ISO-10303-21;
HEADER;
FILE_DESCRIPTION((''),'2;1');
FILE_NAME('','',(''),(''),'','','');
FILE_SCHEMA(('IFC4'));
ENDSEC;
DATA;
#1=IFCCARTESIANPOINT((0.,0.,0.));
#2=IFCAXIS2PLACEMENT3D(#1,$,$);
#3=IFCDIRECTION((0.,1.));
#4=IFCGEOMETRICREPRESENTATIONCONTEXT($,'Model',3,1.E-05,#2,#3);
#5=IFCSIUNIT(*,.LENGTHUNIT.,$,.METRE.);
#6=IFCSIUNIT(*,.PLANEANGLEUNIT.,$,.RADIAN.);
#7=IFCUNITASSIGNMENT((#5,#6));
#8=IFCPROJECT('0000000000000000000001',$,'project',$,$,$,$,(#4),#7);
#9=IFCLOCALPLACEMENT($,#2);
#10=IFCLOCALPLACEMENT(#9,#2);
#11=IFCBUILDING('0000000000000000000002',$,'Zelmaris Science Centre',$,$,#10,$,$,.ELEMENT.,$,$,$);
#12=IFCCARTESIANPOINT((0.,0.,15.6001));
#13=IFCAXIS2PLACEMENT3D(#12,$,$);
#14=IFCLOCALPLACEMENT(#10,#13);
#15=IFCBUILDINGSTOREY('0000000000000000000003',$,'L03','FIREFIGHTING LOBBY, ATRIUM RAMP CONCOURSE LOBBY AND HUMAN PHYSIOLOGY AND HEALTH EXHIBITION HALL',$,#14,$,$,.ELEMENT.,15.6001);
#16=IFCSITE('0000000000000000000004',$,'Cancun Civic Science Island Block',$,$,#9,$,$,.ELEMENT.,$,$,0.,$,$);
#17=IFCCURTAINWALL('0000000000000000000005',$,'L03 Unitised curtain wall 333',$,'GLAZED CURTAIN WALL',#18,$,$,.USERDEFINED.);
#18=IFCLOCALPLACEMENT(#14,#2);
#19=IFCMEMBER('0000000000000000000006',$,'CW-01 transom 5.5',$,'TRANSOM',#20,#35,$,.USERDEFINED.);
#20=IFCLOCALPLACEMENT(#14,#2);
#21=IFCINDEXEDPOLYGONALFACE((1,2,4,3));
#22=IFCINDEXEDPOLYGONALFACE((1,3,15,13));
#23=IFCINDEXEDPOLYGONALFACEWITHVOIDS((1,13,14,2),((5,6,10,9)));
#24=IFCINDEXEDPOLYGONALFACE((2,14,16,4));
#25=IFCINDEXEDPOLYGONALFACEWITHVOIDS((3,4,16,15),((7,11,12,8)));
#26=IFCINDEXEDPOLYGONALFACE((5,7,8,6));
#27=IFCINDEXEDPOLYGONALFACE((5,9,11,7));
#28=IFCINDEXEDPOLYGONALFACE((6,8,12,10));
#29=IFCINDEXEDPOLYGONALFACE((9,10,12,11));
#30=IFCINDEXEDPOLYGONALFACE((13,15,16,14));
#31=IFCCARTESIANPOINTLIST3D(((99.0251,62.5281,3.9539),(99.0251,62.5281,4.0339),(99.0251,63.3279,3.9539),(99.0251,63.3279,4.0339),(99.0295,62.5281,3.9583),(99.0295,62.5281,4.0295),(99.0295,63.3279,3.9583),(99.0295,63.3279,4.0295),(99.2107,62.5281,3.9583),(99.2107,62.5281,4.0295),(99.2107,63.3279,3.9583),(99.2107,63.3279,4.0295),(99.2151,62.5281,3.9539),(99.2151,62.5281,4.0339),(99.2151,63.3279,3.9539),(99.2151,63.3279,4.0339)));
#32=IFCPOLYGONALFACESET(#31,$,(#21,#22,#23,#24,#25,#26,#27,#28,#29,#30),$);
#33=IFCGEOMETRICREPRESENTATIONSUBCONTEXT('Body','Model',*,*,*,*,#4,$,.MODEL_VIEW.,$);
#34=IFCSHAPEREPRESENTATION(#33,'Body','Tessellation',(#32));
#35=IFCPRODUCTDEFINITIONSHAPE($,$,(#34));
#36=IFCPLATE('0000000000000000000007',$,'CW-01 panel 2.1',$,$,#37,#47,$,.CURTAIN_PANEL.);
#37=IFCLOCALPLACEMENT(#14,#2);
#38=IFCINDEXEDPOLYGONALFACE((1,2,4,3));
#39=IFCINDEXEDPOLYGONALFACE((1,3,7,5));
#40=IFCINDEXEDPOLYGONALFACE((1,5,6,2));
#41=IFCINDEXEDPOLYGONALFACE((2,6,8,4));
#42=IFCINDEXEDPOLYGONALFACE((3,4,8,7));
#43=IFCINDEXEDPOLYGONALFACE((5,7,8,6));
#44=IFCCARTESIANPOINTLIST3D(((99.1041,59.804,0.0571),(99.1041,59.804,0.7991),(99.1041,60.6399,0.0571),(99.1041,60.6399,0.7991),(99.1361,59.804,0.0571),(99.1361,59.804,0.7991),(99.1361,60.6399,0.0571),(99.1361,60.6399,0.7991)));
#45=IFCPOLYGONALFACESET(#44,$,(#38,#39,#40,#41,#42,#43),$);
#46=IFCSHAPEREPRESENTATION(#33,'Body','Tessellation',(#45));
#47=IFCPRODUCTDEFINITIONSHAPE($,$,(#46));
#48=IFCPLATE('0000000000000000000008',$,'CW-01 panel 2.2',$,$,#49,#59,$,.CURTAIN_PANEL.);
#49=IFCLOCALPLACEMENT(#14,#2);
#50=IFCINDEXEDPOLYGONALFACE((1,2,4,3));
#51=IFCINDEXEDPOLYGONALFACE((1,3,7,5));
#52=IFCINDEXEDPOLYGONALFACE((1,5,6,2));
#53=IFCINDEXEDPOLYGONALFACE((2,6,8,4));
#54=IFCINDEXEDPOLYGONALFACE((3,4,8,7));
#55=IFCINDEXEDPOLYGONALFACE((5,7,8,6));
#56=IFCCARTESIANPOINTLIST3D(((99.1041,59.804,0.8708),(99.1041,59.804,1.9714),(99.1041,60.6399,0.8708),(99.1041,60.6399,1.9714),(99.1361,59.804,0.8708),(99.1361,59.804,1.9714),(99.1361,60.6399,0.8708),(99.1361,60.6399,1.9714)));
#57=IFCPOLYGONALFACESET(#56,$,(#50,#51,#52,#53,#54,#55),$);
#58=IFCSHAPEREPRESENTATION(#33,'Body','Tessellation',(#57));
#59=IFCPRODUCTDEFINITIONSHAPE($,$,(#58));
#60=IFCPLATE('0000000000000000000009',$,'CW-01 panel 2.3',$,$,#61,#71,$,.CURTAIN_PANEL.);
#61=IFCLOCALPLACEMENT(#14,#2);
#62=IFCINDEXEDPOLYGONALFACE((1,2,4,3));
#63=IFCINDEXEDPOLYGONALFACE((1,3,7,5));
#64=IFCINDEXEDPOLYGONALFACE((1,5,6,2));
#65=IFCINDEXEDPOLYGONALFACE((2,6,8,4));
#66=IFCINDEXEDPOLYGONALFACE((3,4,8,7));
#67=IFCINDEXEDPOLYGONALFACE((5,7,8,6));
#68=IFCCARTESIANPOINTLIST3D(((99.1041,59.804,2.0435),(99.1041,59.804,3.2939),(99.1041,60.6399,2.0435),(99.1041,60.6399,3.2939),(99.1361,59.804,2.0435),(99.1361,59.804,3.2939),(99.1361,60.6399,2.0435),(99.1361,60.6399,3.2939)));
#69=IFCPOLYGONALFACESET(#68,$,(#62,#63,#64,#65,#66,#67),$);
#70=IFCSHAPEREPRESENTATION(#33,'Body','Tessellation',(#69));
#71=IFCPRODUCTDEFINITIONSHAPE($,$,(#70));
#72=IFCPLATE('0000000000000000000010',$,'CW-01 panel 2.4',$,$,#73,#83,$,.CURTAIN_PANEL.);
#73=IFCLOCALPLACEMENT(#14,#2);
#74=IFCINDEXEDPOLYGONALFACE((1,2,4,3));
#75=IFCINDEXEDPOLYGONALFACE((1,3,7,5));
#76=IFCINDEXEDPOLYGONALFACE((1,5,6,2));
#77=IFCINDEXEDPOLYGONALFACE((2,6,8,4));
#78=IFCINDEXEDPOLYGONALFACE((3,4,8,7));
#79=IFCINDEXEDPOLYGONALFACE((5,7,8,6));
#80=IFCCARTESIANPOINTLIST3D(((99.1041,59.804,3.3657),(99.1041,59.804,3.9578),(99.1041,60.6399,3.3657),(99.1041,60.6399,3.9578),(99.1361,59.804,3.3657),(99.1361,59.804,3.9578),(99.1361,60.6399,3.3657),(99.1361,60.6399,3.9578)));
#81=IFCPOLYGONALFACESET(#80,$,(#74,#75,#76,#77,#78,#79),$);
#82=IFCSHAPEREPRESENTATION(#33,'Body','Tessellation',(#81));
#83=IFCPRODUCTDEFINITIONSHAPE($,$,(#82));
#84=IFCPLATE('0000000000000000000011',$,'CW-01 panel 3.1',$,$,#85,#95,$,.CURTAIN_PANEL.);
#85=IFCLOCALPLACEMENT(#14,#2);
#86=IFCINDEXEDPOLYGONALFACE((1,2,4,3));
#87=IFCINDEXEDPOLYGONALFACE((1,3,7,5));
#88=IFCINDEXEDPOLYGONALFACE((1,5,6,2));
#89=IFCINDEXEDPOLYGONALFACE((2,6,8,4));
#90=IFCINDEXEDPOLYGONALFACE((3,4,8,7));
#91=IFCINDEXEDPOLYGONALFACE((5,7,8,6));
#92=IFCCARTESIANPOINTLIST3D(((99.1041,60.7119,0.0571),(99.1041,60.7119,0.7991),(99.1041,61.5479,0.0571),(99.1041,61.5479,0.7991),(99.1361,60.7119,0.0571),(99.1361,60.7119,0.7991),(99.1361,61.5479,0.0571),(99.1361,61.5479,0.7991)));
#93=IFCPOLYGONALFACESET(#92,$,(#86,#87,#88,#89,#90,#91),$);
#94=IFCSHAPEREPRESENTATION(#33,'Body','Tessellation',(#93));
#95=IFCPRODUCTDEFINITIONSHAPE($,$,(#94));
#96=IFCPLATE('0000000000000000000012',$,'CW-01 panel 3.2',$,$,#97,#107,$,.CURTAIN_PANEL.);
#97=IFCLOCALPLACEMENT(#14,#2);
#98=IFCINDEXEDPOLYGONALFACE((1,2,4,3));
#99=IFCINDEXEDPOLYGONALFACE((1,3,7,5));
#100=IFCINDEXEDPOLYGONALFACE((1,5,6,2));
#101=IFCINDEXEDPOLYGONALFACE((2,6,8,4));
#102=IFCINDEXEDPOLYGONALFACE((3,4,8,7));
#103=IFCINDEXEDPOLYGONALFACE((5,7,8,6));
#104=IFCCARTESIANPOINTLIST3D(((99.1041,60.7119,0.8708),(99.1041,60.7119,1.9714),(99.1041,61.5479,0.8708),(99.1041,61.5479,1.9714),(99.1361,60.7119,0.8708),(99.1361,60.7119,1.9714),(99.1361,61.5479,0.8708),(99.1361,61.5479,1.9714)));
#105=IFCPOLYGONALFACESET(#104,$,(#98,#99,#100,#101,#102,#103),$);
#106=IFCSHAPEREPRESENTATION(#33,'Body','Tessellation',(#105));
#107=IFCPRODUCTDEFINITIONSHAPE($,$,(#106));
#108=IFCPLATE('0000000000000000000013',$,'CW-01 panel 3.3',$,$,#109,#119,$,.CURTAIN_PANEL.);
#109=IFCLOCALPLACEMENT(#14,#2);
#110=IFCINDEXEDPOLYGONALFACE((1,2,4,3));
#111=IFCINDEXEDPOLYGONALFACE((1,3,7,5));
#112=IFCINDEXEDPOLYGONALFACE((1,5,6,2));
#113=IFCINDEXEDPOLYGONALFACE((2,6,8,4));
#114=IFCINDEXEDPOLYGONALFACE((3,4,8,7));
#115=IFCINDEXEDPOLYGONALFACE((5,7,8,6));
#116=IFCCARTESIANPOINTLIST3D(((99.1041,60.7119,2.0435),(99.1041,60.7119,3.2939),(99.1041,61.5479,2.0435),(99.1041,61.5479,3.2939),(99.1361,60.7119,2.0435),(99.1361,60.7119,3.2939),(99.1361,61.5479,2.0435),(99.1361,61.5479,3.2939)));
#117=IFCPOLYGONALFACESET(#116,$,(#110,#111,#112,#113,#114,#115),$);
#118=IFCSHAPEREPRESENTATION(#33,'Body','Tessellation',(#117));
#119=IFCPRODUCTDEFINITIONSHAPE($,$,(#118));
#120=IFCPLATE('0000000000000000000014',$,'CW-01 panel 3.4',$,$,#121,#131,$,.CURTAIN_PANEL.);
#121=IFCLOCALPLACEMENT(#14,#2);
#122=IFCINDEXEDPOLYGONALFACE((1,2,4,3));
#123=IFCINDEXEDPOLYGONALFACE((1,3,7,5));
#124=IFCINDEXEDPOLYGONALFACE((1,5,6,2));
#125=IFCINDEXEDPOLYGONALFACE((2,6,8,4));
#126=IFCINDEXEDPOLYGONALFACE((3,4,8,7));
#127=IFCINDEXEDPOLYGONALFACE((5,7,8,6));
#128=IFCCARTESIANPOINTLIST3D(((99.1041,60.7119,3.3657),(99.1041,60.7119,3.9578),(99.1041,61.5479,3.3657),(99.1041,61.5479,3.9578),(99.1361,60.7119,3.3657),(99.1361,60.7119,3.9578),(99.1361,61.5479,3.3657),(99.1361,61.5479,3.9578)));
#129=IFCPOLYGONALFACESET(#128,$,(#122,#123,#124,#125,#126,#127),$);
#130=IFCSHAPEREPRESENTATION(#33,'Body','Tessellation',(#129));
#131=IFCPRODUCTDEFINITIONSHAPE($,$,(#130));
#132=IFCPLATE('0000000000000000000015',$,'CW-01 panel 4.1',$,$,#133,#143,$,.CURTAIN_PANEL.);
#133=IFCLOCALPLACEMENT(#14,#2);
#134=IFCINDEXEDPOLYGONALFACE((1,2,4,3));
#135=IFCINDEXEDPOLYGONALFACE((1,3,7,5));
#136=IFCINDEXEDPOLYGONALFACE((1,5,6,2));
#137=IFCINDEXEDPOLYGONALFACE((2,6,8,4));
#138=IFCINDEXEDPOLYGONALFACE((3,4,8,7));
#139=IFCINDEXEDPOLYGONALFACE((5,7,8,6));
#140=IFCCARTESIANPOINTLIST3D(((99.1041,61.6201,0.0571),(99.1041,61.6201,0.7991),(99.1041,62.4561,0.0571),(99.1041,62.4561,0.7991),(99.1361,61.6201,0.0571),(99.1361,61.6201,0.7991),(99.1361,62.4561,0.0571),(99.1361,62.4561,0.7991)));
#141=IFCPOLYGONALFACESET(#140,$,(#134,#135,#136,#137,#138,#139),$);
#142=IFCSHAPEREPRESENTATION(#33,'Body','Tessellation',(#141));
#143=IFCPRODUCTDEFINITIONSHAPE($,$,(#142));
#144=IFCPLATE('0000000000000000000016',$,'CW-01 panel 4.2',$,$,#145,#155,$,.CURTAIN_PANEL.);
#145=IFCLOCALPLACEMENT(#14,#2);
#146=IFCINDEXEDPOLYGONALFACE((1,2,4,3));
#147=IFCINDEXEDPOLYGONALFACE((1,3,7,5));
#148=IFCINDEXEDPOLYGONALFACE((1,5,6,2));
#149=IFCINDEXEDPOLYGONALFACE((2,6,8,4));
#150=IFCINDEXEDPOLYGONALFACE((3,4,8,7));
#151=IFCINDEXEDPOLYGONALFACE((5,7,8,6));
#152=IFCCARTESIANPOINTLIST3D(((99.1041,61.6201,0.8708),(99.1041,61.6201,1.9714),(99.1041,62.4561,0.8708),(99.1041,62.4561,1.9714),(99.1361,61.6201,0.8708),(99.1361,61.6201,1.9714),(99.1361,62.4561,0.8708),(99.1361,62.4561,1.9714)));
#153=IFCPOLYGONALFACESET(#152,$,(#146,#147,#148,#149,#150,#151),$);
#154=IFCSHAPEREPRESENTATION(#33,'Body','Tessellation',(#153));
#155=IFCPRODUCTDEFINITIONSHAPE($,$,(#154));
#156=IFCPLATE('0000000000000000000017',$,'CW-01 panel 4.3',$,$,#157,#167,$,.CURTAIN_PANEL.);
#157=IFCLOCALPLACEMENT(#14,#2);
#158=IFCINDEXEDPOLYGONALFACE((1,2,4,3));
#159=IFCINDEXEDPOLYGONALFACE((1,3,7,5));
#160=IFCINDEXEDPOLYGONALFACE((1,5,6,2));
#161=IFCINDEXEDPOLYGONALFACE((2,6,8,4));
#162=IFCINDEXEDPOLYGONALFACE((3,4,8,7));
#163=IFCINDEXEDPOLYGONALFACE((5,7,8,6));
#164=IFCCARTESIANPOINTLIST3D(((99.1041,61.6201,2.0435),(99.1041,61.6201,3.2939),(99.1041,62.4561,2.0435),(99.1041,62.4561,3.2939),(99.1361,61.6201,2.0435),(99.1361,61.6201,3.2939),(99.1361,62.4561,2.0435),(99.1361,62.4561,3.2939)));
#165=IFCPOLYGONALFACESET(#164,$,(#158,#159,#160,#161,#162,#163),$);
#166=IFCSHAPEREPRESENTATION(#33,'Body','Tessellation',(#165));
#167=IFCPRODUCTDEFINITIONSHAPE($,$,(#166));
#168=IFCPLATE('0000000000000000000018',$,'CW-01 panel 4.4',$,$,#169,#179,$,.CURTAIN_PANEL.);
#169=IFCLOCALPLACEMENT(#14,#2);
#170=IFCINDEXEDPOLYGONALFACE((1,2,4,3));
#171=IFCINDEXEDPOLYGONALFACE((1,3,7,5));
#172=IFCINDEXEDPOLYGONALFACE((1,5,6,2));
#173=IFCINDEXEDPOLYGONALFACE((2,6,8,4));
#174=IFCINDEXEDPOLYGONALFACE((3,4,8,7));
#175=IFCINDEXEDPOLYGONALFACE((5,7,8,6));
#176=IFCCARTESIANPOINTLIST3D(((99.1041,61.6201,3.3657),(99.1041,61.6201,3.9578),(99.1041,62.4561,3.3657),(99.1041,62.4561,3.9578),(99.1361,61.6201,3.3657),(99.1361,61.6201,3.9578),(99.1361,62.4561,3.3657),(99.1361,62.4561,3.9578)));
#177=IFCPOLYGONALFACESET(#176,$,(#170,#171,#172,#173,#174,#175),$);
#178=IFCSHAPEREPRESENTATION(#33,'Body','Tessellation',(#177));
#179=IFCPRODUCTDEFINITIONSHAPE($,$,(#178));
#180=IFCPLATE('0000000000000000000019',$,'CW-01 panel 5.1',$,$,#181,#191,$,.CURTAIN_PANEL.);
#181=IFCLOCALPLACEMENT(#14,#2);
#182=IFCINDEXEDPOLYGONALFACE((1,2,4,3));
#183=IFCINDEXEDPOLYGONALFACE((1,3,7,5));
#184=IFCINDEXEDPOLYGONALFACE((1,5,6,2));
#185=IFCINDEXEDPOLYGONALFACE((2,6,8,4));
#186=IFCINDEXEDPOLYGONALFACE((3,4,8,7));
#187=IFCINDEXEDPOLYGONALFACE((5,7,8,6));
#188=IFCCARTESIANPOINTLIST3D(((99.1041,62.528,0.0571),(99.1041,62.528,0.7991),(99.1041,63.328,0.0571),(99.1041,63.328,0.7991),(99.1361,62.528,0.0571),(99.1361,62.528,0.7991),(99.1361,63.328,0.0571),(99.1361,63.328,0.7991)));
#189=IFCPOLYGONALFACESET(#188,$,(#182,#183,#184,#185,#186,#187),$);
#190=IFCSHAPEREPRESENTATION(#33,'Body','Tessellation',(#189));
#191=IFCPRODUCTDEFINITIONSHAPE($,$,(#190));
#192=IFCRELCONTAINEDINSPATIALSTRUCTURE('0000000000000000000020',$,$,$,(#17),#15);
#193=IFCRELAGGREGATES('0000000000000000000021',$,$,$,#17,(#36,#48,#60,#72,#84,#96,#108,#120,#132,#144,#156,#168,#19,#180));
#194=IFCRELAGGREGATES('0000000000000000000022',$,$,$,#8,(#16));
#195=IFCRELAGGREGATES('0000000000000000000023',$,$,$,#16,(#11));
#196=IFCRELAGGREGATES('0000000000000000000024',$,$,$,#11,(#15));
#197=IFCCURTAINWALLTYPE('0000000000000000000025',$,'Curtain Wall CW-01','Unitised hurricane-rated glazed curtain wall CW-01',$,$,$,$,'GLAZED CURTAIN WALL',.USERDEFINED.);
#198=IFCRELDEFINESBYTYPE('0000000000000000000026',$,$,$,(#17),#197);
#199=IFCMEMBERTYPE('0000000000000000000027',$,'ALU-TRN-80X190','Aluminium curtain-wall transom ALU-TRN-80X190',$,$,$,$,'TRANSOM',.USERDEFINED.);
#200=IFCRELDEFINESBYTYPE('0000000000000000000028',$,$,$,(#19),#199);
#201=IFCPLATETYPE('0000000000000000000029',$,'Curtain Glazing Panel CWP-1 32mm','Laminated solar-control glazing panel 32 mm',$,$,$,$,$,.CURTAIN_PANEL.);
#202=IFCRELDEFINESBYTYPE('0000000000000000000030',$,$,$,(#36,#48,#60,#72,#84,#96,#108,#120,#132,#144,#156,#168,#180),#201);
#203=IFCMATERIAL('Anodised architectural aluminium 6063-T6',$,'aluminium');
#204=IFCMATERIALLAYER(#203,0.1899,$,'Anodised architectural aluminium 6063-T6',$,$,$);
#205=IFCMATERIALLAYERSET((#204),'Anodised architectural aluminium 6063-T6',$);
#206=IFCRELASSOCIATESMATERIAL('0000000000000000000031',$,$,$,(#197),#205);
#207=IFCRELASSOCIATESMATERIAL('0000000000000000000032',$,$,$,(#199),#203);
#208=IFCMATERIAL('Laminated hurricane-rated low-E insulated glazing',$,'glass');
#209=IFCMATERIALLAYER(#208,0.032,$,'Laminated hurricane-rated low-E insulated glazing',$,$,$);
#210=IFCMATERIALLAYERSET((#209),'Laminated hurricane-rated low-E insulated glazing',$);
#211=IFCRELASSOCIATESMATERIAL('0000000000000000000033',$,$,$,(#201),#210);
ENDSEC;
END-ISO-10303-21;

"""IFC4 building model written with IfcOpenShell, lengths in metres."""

from ifc_helpers import new_model, si_unit, direction, frame, origin, origin_2d, place, context, subcontext, project, spatial, rectangle, hollow_rectangle, extrude, material, layer, layer_set, material_profile, profile_set, type_object, element, aggregate, save


model = new_model("IFC4")

# Units and contexts
model_context = context("Model", 3, precision=1e-05, world=origin(), true_north=direction((0.0, 1.0)))
body_context = subcontext(model_context, "Body", "Model", "MODEL_VIEW")
ifc_project = project(units=[si_unit("LENGTHUNIT", "METRE"), si_unit("PLANEANGLEUNIT", "RADIAN")], contexts=[model_context])

# Site, building, storey
site_placement = place(None, origin())
site = spatial("IfcSite", under=ifc_project, at=site_placement, Name="Cancun Civic Science Island Block", CompositionType="ELEMENT", RefElevation=0.0)
building_placement = place(site_placement, origin())
building = spatial("IfcBuilding", under=site, at=building_placement, Name="Zelmaris Science Centre", CompositionType="ELEMENT")
storey_placement = place(building_placement, frame((0.0, 0.0, 15.6001)))
storey = spatial("IfcBuildingStorey", under=building, at=storey_placement, Name="L03", Description="FIREFIGHTING LOBBY, ATRIUM RAMP CONCOURSE LOBBY AND HUMAN PHYSIOLOGY AND HEALTH EXHIBITION HALL", CompositionType="ELEMENT", Elevation=15.6001)

# Curtain wall, member, plates
ifc_material_1 = material(Name="Anodised architectural aluminium 6063-T6", Category="aluminium")
ifc_layer_1 = layer(ifc_material_1, 0.1899, Name="Anodised architectural aluminium 6063-T6")
ifc_layer_set_1 = layer_set([ifc_layer_1], Name="Anodised architectural aluminium 6063-T6")
curtain_wall_type = type_object("IfcCurtainWallType", Name="Curtain Wall CW-01", Description="Unitised hurricane-rated glazed curtain wall CW-01", ElementType="GLAZED CURTAIN WALL", PredefinedType="USERDEFINED", material=ifc_layer_set_1)
curtain_wall_placement = place(storey_placement, origin())
curtain_wall = element("IfcCurtainWall", 1, at=curtain_wall_placement, inside=storey, type_object=curtain_wall_type, Name="L03 Unitised curtain wall 333", ObjectType="GLAZED CURTAIN WALL", PredefinedType="USERDEFINED")
ifc_material_profile_1 = material_profile(ifc_material_1, hollow_rectangle(XDim=0.0801, YDim=0.1899, WallThickness=0.0044, at=origin_2d()), Name="ALU-TRN-80X190")
ifc_profile_set_1 = profile_set([ifc_material_profile_1], Name="Anodised architectural aluminium 6063-T6")
member_type_1 = type_object("IfcMemberType", Name="ALU-TRN-80X190", Description="Aluminium curtain-wall transom ALU-TRN-80X190", ElementType="TRANSOM", PredefinedType="USERDEFINED", material=ifc_profile_set_1)
member_1_placement = place(storey_placement, frame((99.1201, 62.5281, 3.9939), z_axis=(0.0, 1.0, 0.0), x_axis=(0.0, 0.0, 1.0)))
member_1 = element("IfcMember", 2, at=member_1_placement, type_object=member_type_1, Name="CW-01 transom 5.5", ObjectType="TRANSOM", PredefinedType="USERDEFINED", context=body_context, shape_type="SweptSolid", body=[
    extrude(hollow_rectangle(XDim=0.0801, YDim=0.1899, WallThickness=0.0044, at=origin_2d()), origin(), (0.0, 0.0, 1.0), 0.7998),
])
ifc_material_2 = material(Name="Laminated hurricane-rated low-E insulated glazing", Category="glass")
ifc_layer_2 = layer(ifc_material_2, 0.032, Name="Laminated hurricane-rated low-E insulated glazing")
ifc_layer_set_2 = layer_set([ifc_layer_2], Name="Laminated hurricane-rated low-E insulated glazing")
plate_type = type_object("IfcPlateType", Name="Curtain Glazing Panel CWP-1 32mm", Description="Laminated solar-control glazing panel 32 mm", PredefinedType="CURTAIN_PANEL", material=ifc_layer_set_2)
plate_1_placement = place(storey_placement, frame((99.1201, 60.2219, 0.0571), z_axis=(0.0, 0.0, 1.0), x_axis=(0.0, 1.0, 0.0)))
plate_1 = element("IfcPlate", 3, at=plate_1_placement, type_object=plate_type, Name="CW-01 panel 2.1", PredefinedType="CURTAIN_PANEL", context=body_context, shape_type="SweptSolid", body=[
    extrude(rectangle(XDim=0.8359, YDim=0.032, at=origin_2d()), origin(), (0.0, 0.0, 1.0), 0.7419),
])
plate_2_placement = place(storey_placement, frame((99.1201, 60.2219, 0.8708), z_axis=(0.0, 0.0, 1.0), x_axis=(0.0, 1.0, 0.0)))
plate_2 = element("IfcPlate", 4, at=plate_2_placement, type_object=plate_type, Name="CW-01 panel 2.2", PredefinedType="CURTAIN_PANEL", context=body_context, shape_type="SweptSolid", body=[
    extrude(rectangle(XDim=0.8359, YDim=0.032, at=origin_2d()), origin(), (0.0, 0.0, 1.0), 1.1006),
])
plate_3_placement = place(storey_placement, frame((99.1201, 60.2219, 2.0435), z_axis=(0.0, 0.0, 1.0), x_axis=(0.0, 1.0, 0.0)))
plate_3 = element("IfcPlate", 5, at=plate_3_placement, type_object=plate_type, Name="CW-01 panel 2.3", PredefinedType="CURTAIN_PANEL", context=body_context, shape_type="SweptSolid", body=[
    extrude(rectangle(XDim=0.8359, YDim=0.032, at=origin_2d()), origin(), (0.0, 0.0, 1.0), 1.2505),
])
plate_4_placement = place(storey_placement, frame((99.1201, 60.2219, 3.3657), z_axis=(0.0, 0.0, 1.0), x_axis=(0.0, 1.0, 0.0)))
plate_4 = element("IfcPlate", 6, at=plate_4_placement, type_object=plate_type, Name="CW-01 panel 2.4", PredefinedType="CURTAIN_PANEL", context=body_context, shape_type="SweptSolid", body=[
    extrude(rectangle(XDim=0.8359, YDim=0.032, at=origin_2d()), origin(), (0.0, 0.0, 1.0), 0.592),
])
plate_5_placement = place(storey_placement, frame((99.1201, 61.1299, 0.0571), z_axis=(0.0, 0.0, 1.0), x_axis=(0.0, 1.0, 0.0)))
plate_5 = element("IfcPlate", 7, at=plate_5_placement, type_object=plate_type, Name="CW-01 panel 3.1", PredefinedType="CURTAIN_PANEL", context=body_context, shape_type="SweptSolid", body=[
    extrude(rectangle(XDim=0.8359, YDim=0.032, at=origin_2d()), origin(), (0.0, 0.0, 1.0), 0.7419),
])
plate_6_placement = place(storey_placement, frame((99.1201, 61.1299, 0.8708), z_axis=(0.0, 0.0, 1.0), x_axis=(0.0, 1.0, 0.0)))
plate_6 = element("IfcPlate", 8, at=plate_6_placement, type_object=plate_type, Name="CW-01 panel 3.2", PredefinedType="CURTAIN_PANEL", context=body_context, shape_type="SweptSolid", body=[
    extrude(rectangle(XDim=0.8359, YDim=0.032, at=origin_2d()), origin(), (0.0, 0.0, 1.0), 1.1006),
])
plate_7_placement = place(storey_placement, frame((99.1201, 61.1299, 2.0435), z_axis=(0.0, 0.0, 1.0), x_axis=(0.0, 1.0, 0.0)))
plate_7 = element("IfcPlate", 9, at=plate_7_placement, type_object=plate_type, Name="CW-01 panel 3.3", PredefinedType="CURTAIN_PANEL", context=body_context, shape_type="SweptSolid", body=[
    extrude(rectangle(XDim=0.8359, YDim=0.032, at=origin_2d()), origin(), (0.0, 0.0, 1.0), 1.2505),
])
plate_8_placement = place(storey_placement, frame((99.1201, 61.1299, 3.3657), z_axis=(0.0, 0.0, 1.0), x_axis=(0.0, 1.0, 0.0)))
plate_8 = element("IfcPlate", 10, at=plate_8_placement, type_object=plate_type, Name="CW-01 panel 3.4", PredefinedType="CURTAIN_PANEL", context=body_context, shape_type="SweptSolid", body=[
    extrude(rectangle(XDim=0.8359, YDim=0.032, at=origin_2d()), origin(), (0.0, 0.0, 1.0), 0.592),
])
plate_9_placement = place(storey_placement, frame((99.1201, 62.0381, 0.0571), z_axis=(0.0, 0.0, 1.0), x_axis=(0.0, 1.0, 0.0)))
plate_9 = element("IfcPlate", 11, at=plate_9_placement, type_object=plate_type, Name="CW-01 panel 4.1", PredefinedType="CURTAIN_PANEL", context=body_context, shape_type="SweptSolid", body=[
    extrude(rectangle(XDim=0.8359, YDim=0.032, at=origin_2d()), origin(), (0.0, 0.0, 1.0), 0.7419),
])
plate_10_placement = place(storey_placement, frame((99.1201, 62.0381, 0.8708), z_axis=(0.0, 0.0, 1.0), x_axis=(0.0, 1.0, 0.0)))
plate_10 = element("IfcPlate", 12, at=plate_10_placement, type_object=plate_type, Name="CW-01 panel 4.2", PredefinedType="CURTAIN_PANEL", context=body_context, shape_type="SweptSolid", body=[
    extrude(rectangle(XDim=0.8359, YDim=0.032, at=origin_2d()), origin(), (0.0, 0.0, 1.0), 1.1006),
])
plate_11_placement = place(storey_placement, frame((99.1201, 62.0381, 2.0435), z_axis=(0.0, 0.0, 1.0), x_axis=(0.0, 1.0, 0.0)))
plate_11 = element("IfcPlate", 13, at=plate_11_placement, type_object=plate_type, Name="CW-01 panel 4.3", PredefinedType="CURTAIN_PANEL", context=body_context, shape_type="SweptSolid", body=[
    extrude(rectangle(XDim=0.8359, YDim=0.032, at=origin_2d()), origin(), (0.0, 0.0, 1.0), 1.2505),
])
plate_12_placement = place(storey_placement, frame((99.1201, 62.0381, 3.3657), z_axis=(0.0, 0.0, 1.0), x_axis=(0.0, 1.0, 0.0)))
plate_12 = element("IfcPlate", 14, at=plate_12_placement, type_object=plate_type, Name="CW-01 panel 4.4", PredefinedType="CURTAIN_PANEL", context=body_context, shape_type="SweptSolid", body=[
    extrude(rectangle(XDim=0.8359, YDim=0.032, at=origin_2d()), origin(), (0.0, 0.0, 1.0), 0.592),
])
plate_13_placement = place(storey_placement, frame((99.1201, 62.928, 0.0571), z_axis=(0.0, 0.0, 1.0), x_axis=(0.0, 1.0, 0.0)))
plate_13 = element("IfcPlate", 15, at=plate_13_placement, type_object=plate_type, Name="CW-01 panel 5.1", PredefinedType="CURTAIN_PANEL", context=body_context, shape_type="SweptSolid", body=[
    extrude(rectangle(XDim=0.8, YDim=0.032, at=origin_2d()), origin(), (0.0, 0.0, 1.0), 0.7419),
])
aggregate(curtain_wall, [plate_1, plate_2, plate_3, plate_4, plate_5, plate_6, plate_7, plate_8, plate_9, plate_10, plate_11, plate_12, member_1, plate_13])

save(model, "model.ifc")
